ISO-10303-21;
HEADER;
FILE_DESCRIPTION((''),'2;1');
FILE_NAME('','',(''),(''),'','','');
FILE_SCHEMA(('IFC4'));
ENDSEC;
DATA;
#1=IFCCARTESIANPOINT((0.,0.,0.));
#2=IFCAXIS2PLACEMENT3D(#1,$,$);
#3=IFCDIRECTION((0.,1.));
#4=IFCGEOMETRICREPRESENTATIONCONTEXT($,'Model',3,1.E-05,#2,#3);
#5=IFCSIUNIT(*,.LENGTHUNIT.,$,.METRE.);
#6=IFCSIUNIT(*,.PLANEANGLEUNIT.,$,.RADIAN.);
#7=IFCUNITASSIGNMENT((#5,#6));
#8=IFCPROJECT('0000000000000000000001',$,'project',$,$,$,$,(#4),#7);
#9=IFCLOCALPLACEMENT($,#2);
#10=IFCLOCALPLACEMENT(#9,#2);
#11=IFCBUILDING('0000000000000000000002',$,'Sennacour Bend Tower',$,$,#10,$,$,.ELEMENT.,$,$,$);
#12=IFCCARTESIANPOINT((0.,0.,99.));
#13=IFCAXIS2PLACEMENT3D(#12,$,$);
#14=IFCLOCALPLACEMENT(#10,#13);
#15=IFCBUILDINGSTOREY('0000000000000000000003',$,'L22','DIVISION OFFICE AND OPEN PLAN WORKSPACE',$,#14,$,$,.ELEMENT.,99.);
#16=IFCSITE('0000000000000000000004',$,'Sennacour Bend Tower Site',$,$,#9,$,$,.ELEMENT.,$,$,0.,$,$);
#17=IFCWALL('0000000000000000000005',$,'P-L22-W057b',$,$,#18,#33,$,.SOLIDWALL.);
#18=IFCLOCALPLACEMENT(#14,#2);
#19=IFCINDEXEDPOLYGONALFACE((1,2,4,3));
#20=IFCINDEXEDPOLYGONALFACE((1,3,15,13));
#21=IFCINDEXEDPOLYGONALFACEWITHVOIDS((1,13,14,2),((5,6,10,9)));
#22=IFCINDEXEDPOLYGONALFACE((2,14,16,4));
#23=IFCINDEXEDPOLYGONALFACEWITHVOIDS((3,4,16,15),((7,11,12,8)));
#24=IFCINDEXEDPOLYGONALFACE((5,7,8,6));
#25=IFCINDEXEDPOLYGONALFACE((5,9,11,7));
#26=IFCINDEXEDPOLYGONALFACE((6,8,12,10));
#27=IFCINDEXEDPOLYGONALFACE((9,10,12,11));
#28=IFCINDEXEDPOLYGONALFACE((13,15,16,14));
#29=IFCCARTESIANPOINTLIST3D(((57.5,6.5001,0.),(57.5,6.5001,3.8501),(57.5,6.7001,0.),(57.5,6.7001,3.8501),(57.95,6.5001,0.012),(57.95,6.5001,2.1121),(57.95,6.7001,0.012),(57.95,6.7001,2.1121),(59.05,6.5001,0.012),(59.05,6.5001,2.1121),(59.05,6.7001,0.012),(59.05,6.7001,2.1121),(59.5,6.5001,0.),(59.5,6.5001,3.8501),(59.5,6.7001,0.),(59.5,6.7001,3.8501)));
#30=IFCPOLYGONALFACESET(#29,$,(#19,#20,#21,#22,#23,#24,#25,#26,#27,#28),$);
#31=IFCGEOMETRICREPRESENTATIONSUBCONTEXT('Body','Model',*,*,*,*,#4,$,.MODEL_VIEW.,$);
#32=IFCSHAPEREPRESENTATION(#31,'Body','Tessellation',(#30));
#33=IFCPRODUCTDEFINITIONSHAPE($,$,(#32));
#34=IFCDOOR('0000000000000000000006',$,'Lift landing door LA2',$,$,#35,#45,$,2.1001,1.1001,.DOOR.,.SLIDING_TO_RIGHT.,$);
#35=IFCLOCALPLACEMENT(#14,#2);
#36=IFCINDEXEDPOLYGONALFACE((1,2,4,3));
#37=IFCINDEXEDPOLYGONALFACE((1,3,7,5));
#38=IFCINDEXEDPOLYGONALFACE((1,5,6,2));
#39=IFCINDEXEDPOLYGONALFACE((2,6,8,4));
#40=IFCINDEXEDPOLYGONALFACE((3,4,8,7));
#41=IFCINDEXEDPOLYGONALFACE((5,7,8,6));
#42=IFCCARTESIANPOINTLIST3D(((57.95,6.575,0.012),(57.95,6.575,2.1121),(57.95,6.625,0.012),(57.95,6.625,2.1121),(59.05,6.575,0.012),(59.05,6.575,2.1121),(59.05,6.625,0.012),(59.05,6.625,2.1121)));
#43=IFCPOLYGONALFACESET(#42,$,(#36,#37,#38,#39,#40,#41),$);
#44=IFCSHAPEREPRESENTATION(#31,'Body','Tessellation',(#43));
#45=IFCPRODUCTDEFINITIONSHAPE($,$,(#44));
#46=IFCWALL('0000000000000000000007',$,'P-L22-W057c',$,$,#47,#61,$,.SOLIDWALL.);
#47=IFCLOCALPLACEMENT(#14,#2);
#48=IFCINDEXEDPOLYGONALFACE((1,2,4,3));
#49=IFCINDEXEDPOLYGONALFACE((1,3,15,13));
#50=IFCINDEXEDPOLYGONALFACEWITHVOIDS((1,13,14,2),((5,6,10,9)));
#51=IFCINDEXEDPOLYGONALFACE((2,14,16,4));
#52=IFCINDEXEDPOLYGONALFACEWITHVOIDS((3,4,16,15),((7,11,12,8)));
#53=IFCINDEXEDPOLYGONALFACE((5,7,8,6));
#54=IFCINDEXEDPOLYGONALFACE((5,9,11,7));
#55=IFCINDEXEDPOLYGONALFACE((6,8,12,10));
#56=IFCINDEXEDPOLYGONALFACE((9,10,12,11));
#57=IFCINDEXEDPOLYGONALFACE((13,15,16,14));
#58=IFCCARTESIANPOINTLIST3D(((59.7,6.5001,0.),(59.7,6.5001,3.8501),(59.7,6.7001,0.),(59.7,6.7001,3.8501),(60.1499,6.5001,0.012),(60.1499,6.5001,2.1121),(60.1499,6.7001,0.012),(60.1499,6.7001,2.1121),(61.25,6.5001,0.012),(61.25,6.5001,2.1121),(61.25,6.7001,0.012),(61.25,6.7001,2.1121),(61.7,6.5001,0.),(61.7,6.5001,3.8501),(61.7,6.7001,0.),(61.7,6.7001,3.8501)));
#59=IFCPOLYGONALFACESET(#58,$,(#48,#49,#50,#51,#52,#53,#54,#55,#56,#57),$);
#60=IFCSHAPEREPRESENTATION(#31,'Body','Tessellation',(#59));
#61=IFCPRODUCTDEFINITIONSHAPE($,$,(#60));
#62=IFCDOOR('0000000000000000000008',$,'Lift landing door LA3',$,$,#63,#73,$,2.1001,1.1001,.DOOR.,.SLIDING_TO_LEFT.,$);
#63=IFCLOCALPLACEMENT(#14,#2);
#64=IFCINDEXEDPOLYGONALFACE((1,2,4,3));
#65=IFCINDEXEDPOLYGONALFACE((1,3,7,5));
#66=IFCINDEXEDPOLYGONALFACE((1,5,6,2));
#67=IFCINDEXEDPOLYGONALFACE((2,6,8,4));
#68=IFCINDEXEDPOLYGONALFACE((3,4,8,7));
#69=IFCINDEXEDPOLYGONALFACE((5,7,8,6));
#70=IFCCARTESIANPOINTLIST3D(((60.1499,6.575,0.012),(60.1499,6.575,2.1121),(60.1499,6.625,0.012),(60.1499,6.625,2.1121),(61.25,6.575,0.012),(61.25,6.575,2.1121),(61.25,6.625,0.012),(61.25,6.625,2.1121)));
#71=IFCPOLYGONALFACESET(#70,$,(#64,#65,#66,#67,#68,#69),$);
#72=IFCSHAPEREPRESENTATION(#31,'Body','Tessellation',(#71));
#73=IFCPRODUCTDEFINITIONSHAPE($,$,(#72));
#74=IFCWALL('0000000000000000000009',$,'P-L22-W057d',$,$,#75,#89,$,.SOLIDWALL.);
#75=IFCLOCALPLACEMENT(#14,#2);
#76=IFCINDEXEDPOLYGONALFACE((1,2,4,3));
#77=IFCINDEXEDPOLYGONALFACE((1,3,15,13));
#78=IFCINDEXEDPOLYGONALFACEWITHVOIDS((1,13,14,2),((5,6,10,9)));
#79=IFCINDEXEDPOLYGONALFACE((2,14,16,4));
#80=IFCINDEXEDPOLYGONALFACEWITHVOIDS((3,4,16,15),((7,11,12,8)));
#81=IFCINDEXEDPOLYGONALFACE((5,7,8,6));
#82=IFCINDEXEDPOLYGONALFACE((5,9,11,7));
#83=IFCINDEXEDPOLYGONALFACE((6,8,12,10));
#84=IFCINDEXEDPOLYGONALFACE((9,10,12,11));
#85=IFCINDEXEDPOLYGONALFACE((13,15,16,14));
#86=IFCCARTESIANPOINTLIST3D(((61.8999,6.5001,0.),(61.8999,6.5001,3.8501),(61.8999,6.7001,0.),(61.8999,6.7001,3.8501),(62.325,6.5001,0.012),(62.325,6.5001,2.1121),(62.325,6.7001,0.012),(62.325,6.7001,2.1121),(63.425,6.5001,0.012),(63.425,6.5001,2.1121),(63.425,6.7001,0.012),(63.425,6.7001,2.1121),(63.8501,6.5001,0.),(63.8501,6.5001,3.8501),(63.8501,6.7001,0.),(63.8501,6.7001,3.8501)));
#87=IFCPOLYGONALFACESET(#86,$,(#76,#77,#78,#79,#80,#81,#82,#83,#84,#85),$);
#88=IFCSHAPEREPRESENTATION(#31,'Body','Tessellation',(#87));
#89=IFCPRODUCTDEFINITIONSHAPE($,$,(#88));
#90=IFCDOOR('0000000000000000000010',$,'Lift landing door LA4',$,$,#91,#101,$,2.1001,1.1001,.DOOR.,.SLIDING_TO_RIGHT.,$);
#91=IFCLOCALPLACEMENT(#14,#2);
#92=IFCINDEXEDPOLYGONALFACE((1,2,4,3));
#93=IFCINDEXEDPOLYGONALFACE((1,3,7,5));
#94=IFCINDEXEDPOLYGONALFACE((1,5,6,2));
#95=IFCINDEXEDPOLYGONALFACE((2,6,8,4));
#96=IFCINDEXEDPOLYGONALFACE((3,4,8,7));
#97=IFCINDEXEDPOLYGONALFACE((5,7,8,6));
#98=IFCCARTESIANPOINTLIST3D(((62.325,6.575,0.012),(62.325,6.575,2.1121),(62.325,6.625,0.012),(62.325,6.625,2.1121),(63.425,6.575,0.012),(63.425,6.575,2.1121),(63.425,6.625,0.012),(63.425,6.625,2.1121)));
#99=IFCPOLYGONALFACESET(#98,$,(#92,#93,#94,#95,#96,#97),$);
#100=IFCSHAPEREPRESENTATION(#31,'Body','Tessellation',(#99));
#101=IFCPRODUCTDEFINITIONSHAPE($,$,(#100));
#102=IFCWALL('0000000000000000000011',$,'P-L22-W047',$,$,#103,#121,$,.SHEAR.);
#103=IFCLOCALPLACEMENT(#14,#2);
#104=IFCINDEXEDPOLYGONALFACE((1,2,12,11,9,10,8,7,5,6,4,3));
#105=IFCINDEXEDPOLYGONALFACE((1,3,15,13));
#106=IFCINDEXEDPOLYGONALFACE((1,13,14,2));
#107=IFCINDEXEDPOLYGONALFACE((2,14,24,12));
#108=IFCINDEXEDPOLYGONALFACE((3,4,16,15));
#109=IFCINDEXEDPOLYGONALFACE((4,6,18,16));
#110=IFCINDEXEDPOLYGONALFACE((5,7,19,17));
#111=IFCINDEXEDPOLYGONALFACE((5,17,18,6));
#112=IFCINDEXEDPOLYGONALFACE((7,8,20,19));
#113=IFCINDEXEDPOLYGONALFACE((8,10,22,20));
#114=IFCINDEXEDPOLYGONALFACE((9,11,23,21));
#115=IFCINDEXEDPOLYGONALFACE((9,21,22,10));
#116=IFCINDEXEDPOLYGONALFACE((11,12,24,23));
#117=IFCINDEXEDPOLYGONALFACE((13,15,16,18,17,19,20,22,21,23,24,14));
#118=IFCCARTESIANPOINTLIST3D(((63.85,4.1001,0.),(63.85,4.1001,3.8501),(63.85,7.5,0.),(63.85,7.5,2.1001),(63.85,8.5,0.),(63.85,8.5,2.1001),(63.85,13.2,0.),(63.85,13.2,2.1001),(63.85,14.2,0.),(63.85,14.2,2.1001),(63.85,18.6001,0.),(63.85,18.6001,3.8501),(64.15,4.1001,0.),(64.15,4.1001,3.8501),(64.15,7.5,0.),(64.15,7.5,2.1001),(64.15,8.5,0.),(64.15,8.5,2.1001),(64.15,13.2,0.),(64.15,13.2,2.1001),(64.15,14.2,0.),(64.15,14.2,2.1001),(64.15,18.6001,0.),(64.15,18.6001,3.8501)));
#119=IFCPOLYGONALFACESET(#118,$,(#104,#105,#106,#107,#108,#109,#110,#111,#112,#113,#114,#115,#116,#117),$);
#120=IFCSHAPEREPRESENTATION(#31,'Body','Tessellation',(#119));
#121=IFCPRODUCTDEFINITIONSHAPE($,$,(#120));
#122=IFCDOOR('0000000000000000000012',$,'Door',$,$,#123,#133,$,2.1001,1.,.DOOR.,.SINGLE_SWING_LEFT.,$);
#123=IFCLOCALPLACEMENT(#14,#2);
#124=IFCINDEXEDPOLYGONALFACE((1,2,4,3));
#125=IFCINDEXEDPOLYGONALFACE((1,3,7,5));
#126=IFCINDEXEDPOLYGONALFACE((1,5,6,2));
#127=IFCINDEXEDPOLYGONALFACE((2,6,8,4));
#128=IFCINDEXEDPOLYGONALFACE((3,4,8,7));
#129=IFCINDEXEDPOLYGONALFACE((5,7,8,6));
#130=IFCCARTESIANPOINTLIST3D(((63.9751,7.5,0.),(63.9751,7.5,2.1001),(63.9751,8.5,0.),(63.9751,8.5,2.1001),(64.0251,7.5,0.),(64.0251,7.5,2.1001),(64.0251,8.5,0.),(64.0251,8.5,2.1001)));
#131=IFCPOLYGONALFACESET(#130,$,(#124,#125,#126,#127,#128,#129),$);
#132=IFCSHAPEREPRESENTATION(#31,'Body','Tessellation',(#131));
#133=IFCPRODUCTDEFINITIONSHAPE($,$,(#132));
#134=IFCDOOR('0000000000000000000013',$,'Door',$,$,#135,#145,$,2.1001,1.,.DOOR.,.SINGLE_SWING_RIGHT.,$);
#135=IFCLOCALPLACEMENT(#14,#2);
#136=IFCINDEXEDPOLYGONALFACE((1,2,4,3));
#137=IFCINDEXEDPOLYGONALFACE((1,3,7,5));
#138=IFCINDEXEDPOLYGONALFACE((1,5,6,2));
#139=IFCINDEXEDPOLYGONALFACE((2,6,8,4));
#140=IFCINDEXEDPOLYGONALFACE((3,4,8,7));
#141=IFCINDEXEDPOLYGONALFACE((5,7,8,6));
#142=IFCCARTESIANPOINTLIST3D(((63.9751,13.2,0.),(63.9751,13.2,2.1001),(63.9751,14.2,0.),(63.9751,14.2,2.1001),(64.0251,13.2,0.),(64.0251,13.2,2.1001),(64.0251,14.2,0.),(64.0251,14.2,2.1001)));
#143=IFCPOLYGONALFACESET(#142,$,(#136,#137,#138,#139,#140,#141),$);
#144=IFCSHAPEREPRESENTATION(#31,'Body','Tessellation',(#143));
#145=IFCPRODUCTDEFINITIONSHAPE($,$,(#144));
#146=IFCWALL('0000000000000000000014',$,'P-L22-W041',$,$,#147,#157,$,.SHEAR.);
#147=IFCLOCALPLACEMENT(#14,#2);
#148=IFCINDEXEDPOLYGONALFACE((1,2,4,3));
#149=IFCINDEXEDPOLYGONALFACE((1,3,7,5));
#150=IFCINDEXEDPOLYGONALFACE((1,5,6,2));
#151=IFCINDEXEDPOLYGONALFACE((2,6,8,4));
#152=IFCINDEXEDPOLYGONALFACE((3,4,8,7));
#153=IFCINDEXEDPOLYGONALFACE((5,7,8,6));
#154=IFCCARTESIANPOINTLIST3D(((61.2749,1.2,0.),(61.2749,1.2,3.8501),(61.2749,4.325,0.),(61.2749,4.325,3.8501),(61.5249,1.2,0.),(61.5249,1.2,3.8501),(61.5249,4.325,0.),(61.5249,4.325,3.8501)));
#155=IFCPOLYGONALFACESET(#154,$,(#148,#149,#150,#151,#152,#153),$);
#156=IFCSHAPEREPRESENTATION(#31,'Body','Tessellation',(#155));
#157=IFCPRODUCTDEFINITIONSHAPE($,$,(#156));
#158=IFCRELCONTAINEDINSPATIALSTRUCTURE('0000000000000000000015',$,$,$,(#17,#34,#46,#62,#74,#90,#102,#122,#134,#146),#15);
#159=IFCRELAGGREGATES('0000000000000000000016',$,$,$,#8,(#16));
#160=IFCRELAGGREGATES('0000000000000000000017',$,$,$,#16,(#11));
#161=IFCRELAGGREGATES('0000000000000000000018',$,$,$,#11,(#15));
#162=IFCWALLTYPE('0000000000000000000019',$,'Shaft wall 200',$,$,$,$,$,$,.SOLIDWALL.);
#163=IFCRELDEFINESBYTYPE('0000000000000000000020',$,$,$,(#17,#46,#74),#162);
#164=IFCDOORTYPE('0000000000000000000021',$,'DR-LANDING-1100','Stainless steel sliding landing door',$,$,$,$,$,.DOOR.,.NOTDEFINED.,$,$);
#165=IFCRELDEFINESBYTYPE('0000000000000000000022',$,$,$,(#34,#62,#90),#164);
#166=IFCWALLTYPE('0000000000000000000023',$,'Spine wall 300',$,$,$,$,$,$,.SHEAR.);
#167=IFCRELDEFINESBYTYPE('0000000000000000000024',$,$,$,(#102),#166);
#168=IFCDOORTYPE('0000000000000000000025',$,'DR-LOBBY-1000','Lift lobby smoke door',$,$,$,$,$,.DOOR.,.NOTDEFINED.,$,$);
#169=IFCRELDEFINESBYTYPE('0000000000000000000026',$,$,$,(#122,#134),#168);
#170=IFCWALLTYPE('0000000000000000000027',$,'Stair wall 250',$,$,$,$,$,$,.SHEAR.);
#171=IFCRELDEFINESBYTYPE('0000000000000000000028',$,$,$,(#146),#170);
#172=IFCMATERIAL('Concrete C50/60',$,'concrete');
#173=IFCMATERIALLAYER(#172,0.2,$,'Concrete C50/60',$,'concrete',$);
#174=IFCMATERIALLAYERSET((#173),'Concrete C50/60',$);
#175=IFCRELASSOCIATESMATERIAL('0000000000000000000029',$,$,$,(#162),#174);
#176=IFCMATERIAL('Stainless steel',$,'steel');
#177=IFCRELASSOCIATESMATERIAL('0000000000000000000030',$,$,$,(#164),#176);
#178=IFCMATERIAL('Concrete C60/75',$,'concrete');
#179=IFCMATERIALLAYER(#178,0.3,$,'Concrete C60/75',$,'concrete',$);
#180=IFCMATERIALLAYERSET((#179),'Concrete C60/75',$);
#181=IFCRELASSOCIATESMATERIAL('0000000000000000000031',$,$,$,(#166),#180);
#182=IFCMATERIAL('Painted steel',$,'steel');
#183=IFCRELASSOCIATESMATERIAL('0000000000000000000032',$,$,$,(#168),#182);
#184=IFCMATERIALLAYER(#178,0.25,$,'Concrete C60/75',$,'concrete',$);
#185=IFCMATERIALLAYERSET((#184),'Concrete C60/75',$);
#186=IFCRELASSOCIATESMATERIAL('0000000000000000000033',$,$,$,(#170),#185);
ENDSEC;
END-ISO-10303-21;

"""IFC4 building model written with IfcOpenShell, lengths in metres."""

from ifc_helpers import new_model, si_unit, direction, frame, frame_2d, origin, place, context, subcontext, project, spatial, rectangle, extrude, material, layer, layer_set, type_object, element, fill, save


model = new_model("IFC4")

# Units and contexts
model_context = context("Model", 3, precision=1e-05, world=origin(), true_north=direction((0.0, 1.0)))
body_context = subcontext(model_context, "Body", "Model", "MODEL_VIEW")
ifc_project = project(units=[si_unit("LENGTHUNIT", "METRE"), si_unit("PLANEANGLEUNIT", "RADIAN")], contexts=[model_context])

# Site, building, storey
site_placement = place(None, origin())
site = spatial("IfcSite", under=ifc_project, at=site_placement, Name="Sennacour Bend Tower Site", CompositionType="ELEMENT", RefElevation=0.0)
building_placement = place(site_placement, origin())
building = spatial("IfcBuilding", under=site, at=building_placement, Name="Sennacour Bend Tower", CompositionType="ELEMENT")
storey_placement = place(building_placement, frame((0.0, 0.0, 99.0)))
storey = spatial("IfcBuildingStorey", under=building, at=storey_placement, Name="L22", Description="DIVISION OFFICE AND OPEN PLAN WORKSPACE", CompositionType="ELEMENT", Elevation=99.0)

# Shared definitions
ifc_material_1 = material(Name="Painted steel", Category="steel")

# Shared definitions
ifc_material_2 = material(Name="Concrete C50/60", Category="concrete")
ifc_layer_1 = layer(ifc_material_2, 0.2, Name="Concrete C50/60", Category="concrete")
ifc_layer_set_1 = layer_set([ifc_layer_1], Name="Concrete C50/60")
wall_type_1 = type_object("IfcWallType", Name="Shaft wall 200", PredefinedType="SOLIDWALL", material=ifc_layer_set_1)

# Walls, openings, doors
wall_1_placement = place(storey_placement, frame((57.5, 6.6001, 0.0), z_axis=(0.0, 0.0, 1.0), x_axis=(1.0, 0.0, 0.0)))
wall_1 = element("IfcWall", 1, at=wall_1_placement, inside=storey, type_object=wall_type_1, Name="P-L22-W057b", PredefinedType="SOLIDWALL", context=body_context, shape_type="SweptSolid", body=[
    extrude(rectangle(XDim=2.0, YDim=0.2, at=frame_2d((1.0, 0.0))), origin(), (0.0, 0.0, 1.0), 3.8501),
])
opening_1_placement = place(wall_1_placement, frame((0.45, 0.0, 0.012)))
opening_1 = element("IfcOpeningElement", 2, at=opening_1_placement, cuts=wall_1, PredefinedType="OPENING", context=body_context, shape_type="SweptSolid", body=[
    extrude(rectangle(XDim=1.1001, YDim=2.1001, at=frame_2d((0.55, 1.05))), frame((0.0, 0.1099, 0.0), z_axis=(0.0, -1.0, 0.0), x_axis=(1.0, 0.0, 0.0)), (0.0, 0.0, 1.0), 0.22),
])
ifc_material_3 = material(Name="Stainless steel", Category="steel")
door_type_1 = type_object("IfcDoorType", Name="DR-LANDING-1100", Description="Stainless steel sliding landing door", OperationType="NOTDEFINED", PredefinedType="DOOR", material=ifc_material_3)
door_1_placement = place(opening_1_placement, origin())
door_1 = element("IfcDoor", 3, at=door_1_placement, inside=storey, type_object=door_type_1, Name="Lift landing door LA2", OperationType="SLIDING_TO_RIGHT", OverallHeight=2.1001, OverallWidth=1.1001, PredefinedType="DOOR", context=body_context, shape_type="SweptSolid", body=[
    extrude(rectangle(XDim=1.1001, YDim=2.1001, at=frame_2d((0.55, 1.05))), frame((0.0, 0.0249, 0.0), z_axis=(0.0, -1.0, 0.0), x_axis=(1.0, 0.0, 0.0)), (0.0, 0.0, 1.0), 0.05),
])
fill(opening_1, door_1)
wall_2_placement = place(storey_placement, frame((59.7, 6.6001, 0.0), z_axis=(0.0, 0.0, 1.0), x_axis=(1.0, 0.0, 0.0)))
wall_2 = element("IfcWall", 4, at=wall_2_placement, inside=storey, type_object=wall_type_1, Name="P-L22-W057c", PredefinedType="SOLIDWALL", context=body_context, shape_type="SweptSolid", body=[
    extrude(rectangle(XDim=2.0, YDim=0.2, at=frame_2d((1.0, 0.0))), origin(), (0.0, 0.0, 1.0), 3.8501),
])
opening_2_placement = place(wall_2_placement, frame((0.45, 0.0, 0.012)))
opening_2 = element("IfcOpeningElement", 5, at=opening_2_placement, cuts=wall_2, PredefinedType="OPENING", context=body_context, shape_type="SweptSolid", body=[
    extrude(rectangle(XDim=1.1001, YDim=2.1001, at=frame_2d((0.55, 1.05))), frame((0.0, 0.1099, 0.0), z_axis=(0.0, -1.0, 0.0), x_axis=(1.0, 0.0, 0.0)), (0.0, 0.0, 1.0), 0.22),
])
door_2_placement = place(opening_2_placement, origin())
door_2 = element("IfcDoor", 6, at=door_2_placement, inside=storey, type_object=door_type_1, Name="Lift landing door LA3", OperationType="SLIDING_TO_LEFT", OverallHeight=2.1001, OverallWidth=1.1001, PredefinedType="DOOR", context=body_context, shape_type="SweptSolid", body=[
    extrude(rectangle(XDim=1.1001, YDim=2.1001, at=frame_2d((0.55, 1.05))), frame((0.0, 0.0249, 0.0), z_axis=(0.0, -1.0, 0.0), x_axis=(1.0, 0.0, 0.0)), (0.0, 0.0, 1.0), 0.05),
])
fill(opening_2, door_2)
wall_3_placement = place(storey_placement, frame((61.8999, 6.6001, 0.0), z_axis=(0.0, 0.0, 1.0), x_axis=(1.0, 0.0, 0.0)))
wall_3 = element("IfcWall", 7, at=wall_3_placement, inside=storey, type_object=wall_type_1, Name="P-L22-W057d", PredefinedType="SOLIDWALL", context=body_context, shape_type="SweptSolid", body=[
    extrude(rectangle(XDim=1.9502, YDim=0.2, at=frame_2d((0.9751, 0.0))), origin(), (0.0, 0.0, 1.0), 3.8501),
])
opening_3_placement = place(wall_3_placement, frame((0.425, 0.0, 0.012)))
opening_3 = element("IfcOpeningElement", 8, at=opening_3_placement, cuts=wall_3, PredefinedType="OPENING", context=body_context, shape_type="SweptSolid", body=[
    extrude(rectangle(XDim=1.1001, YDim=2.1001, at=frame_2d((0.55, 1.05))), frame((0.0, 0.1099, 0.0), z_axis=(0.0, -1.0, 0.0), x_axis=(1.0, 0.0, 0.0)), (0.0, 0.0, 1.0), 0.22),
])
door_3_placement = place(opening_3_placement, origin())
door_3 = element("IfcDoor", 9, at=door_3_placement, inside=storey, type_object=door_type_1, Name="Lift landing door LA4", OperationType="SLIDING_TO_RIGHT", OverallHeight=2.1001, OverallWidth=1.1001, PredefinedType="DOOR", context=body_context, shape_type="SweptSolid", body=[
    extrude(rectangle(XDim=1.1001, YDim=2.1001, at=frame_2d((0.55, 1.05))), frame((0.0, 0.0249, 0.0), z_axis=(0.0, -1.0, 0.0), x_axis=(1.0, 0.0, 0.0)), (0.0, 0.0, 1.0), 0.05),
])
fill(opening_3, door_3)

# Wall, openings, doors
ifc_material_4 = material(Name="Concrete C60/75", Category="concrete")
ifc_layer_2 = layer(ifc_material_4, 0.3, Name="Concrete C60/75", Category="concrete")
ifc_layer_set_2 = layer_set([ifc_layer_2], Name="Concrete C60/75")
wall_type_2 = type_object("IfcWallType", Name="Spine wall 300", PredefinedType="SHEAR", material=ifc_layer_set_2)
wall_4_placement = place(storey_placement, frame((64.0, 4.1001, 0.0), z_axis=(0.0, 0.0, 1.0), x_axis=(0.0, 1.0, 0.0)))
wall_4 = element("IfcWall", 10, at=wall_4_placement, inside=storey, type_object=wall_type_2, Name="P-L22-W047", PredefinedType="SHEAR", context=body_context, shape_type="SweptSolid", body=[
    extrude(rectangle(XDim=14.5, YDim=0.3, at=frame_2d((7.25, 0.0))), origin(), (0.0, 0.0, 1.0), 3.8501),
])
opening_4_placement = place(wall_4_placement, frame((3.3999, 0.0, 0.0)))
opening_4 = element("IfcOpeningElement", 11, at=opening_4_placement, cuts=wall_4, PredefinedType="OPENING", context=body_context, shape_type="SweptSolid", body=[
    extrude(rectangle(XDim=1.0, YDim=2.1001, at=frame_2d((0.5, 1.05))), frame((0.0, 0.1602, 0.0), z_axis=(0.0, -1.0, 0.0), x_axis=(1.0, 0.0, 0.0)), (0.0, 0.0, 1.0), 0.3201),
])
opening_5_placement = place(wall_4_placement, frame((9.0999, 0.0, 0.0)))
opening_5 = element("IfcOpeningElement", 12, at=opening_5_placement, cuts=wall_4, PredefinedType="OPENING", context=body_context, shape_type="SweptSolid", body=[
    extrude(rectangle(XDim=1.0, YDim=2.1001, at=frame_2d((0.5, 1.05))), frame((0.0, 0.1602, 0.0), z_axis=(0.0, -1.0, 0.0), x_axis=(1.0, 0.0, 0.0)), (0.0, 0.0, 1.0), 0.3201),
])
door_type_2 = type_object("IfcDoorType", Name="DR-LOBBY-1000", Description="Lift lobby smoke door", OperationType="NOTDEFINED", PredefinedType="DOOR", material=ifc_material_1)
door_4_placement = place(opening_4_placement, origin())
door_4 = element("IfcDoor", 13, at=door_4_placement, inside=storey, type_object=door_type_2, Name="Door", OperationType="SINGLE_SWING_LEFT", OverallHeight=2.1001, OverallWidth=1.0, PredefinedType="DOOR", context=body_context, shape_type="SweptSolid", body=[
    extrude(rectangle(XDim=1.0, YDim=2.1001, at=frame_2d((0.5, 1.05))), frame((0.0, 0.0249, 0.0), z_axis=(0.0, -1.0, 0.0), x_axis=(1.0, 0.0, 0.0)), (0.0, 0.0, 1.0), 0.05),
])
fill(opening_4, door_4)
door_5_placement = place(opening_5_placement, origin())
door_5 = element("IfcDoor", 14, at=door_5_placement, inside=storey, type_object=door_type_2, Name="Door", OperationType="SINGLE_SWING_RIGHT", OverallHeight=2.1001, OverallWidth=1.0, PredefinedType="DOOR", context=body_context, shape_type="SweptSolid", body=[
    extrude(rectangle(XDim=1.0, YDim=2.1001, at=frame_2d((0.5, 1.05))), frame((0.0, 0.0249, 0.0), z_axis=(0.0, -1.0, 0.0), x_axis=(1.0, 0.0, 0.0)), (0.0, 0.0, 1.0), 0.05),
])
fill(opening_5, door_5)

# Wall
ifc_layer_3 = layer(ifc_material_4, 0.25, Name="Concrete C60/75", Category="concrete")
ifc_layer_set_3 = layer_set([ifc_layer_3], Name="Concrete C60/75")
wall_type_3 = type_object("IfcWallType", Name="Stair wall 250", PredefinedType="SHEAR", material=ifc_layer_set_3)
wall_5_placement = place(storey_placement, frame((61.3999, 1.2, 0.0), z_axis=(0.0, 0.0, 1.0), x_axis=(0.0, 1.0, 0.0)))
element("IfcWall", 15, at=wall_5_placement, inside=storey, type_object=wall_type_3, Name="P-L22-W041", PredefinedType="SHEAR", context=body_context, shape_type="SweptSolid", body=[
    extrude(rectangle(XDim=3.125, YDim=0.25, at=frame_2d((1.5625, 0.0))), origin(), (0.0, 0.0, 1.0), 3.8501),
])

save(model, "model.ifc")
